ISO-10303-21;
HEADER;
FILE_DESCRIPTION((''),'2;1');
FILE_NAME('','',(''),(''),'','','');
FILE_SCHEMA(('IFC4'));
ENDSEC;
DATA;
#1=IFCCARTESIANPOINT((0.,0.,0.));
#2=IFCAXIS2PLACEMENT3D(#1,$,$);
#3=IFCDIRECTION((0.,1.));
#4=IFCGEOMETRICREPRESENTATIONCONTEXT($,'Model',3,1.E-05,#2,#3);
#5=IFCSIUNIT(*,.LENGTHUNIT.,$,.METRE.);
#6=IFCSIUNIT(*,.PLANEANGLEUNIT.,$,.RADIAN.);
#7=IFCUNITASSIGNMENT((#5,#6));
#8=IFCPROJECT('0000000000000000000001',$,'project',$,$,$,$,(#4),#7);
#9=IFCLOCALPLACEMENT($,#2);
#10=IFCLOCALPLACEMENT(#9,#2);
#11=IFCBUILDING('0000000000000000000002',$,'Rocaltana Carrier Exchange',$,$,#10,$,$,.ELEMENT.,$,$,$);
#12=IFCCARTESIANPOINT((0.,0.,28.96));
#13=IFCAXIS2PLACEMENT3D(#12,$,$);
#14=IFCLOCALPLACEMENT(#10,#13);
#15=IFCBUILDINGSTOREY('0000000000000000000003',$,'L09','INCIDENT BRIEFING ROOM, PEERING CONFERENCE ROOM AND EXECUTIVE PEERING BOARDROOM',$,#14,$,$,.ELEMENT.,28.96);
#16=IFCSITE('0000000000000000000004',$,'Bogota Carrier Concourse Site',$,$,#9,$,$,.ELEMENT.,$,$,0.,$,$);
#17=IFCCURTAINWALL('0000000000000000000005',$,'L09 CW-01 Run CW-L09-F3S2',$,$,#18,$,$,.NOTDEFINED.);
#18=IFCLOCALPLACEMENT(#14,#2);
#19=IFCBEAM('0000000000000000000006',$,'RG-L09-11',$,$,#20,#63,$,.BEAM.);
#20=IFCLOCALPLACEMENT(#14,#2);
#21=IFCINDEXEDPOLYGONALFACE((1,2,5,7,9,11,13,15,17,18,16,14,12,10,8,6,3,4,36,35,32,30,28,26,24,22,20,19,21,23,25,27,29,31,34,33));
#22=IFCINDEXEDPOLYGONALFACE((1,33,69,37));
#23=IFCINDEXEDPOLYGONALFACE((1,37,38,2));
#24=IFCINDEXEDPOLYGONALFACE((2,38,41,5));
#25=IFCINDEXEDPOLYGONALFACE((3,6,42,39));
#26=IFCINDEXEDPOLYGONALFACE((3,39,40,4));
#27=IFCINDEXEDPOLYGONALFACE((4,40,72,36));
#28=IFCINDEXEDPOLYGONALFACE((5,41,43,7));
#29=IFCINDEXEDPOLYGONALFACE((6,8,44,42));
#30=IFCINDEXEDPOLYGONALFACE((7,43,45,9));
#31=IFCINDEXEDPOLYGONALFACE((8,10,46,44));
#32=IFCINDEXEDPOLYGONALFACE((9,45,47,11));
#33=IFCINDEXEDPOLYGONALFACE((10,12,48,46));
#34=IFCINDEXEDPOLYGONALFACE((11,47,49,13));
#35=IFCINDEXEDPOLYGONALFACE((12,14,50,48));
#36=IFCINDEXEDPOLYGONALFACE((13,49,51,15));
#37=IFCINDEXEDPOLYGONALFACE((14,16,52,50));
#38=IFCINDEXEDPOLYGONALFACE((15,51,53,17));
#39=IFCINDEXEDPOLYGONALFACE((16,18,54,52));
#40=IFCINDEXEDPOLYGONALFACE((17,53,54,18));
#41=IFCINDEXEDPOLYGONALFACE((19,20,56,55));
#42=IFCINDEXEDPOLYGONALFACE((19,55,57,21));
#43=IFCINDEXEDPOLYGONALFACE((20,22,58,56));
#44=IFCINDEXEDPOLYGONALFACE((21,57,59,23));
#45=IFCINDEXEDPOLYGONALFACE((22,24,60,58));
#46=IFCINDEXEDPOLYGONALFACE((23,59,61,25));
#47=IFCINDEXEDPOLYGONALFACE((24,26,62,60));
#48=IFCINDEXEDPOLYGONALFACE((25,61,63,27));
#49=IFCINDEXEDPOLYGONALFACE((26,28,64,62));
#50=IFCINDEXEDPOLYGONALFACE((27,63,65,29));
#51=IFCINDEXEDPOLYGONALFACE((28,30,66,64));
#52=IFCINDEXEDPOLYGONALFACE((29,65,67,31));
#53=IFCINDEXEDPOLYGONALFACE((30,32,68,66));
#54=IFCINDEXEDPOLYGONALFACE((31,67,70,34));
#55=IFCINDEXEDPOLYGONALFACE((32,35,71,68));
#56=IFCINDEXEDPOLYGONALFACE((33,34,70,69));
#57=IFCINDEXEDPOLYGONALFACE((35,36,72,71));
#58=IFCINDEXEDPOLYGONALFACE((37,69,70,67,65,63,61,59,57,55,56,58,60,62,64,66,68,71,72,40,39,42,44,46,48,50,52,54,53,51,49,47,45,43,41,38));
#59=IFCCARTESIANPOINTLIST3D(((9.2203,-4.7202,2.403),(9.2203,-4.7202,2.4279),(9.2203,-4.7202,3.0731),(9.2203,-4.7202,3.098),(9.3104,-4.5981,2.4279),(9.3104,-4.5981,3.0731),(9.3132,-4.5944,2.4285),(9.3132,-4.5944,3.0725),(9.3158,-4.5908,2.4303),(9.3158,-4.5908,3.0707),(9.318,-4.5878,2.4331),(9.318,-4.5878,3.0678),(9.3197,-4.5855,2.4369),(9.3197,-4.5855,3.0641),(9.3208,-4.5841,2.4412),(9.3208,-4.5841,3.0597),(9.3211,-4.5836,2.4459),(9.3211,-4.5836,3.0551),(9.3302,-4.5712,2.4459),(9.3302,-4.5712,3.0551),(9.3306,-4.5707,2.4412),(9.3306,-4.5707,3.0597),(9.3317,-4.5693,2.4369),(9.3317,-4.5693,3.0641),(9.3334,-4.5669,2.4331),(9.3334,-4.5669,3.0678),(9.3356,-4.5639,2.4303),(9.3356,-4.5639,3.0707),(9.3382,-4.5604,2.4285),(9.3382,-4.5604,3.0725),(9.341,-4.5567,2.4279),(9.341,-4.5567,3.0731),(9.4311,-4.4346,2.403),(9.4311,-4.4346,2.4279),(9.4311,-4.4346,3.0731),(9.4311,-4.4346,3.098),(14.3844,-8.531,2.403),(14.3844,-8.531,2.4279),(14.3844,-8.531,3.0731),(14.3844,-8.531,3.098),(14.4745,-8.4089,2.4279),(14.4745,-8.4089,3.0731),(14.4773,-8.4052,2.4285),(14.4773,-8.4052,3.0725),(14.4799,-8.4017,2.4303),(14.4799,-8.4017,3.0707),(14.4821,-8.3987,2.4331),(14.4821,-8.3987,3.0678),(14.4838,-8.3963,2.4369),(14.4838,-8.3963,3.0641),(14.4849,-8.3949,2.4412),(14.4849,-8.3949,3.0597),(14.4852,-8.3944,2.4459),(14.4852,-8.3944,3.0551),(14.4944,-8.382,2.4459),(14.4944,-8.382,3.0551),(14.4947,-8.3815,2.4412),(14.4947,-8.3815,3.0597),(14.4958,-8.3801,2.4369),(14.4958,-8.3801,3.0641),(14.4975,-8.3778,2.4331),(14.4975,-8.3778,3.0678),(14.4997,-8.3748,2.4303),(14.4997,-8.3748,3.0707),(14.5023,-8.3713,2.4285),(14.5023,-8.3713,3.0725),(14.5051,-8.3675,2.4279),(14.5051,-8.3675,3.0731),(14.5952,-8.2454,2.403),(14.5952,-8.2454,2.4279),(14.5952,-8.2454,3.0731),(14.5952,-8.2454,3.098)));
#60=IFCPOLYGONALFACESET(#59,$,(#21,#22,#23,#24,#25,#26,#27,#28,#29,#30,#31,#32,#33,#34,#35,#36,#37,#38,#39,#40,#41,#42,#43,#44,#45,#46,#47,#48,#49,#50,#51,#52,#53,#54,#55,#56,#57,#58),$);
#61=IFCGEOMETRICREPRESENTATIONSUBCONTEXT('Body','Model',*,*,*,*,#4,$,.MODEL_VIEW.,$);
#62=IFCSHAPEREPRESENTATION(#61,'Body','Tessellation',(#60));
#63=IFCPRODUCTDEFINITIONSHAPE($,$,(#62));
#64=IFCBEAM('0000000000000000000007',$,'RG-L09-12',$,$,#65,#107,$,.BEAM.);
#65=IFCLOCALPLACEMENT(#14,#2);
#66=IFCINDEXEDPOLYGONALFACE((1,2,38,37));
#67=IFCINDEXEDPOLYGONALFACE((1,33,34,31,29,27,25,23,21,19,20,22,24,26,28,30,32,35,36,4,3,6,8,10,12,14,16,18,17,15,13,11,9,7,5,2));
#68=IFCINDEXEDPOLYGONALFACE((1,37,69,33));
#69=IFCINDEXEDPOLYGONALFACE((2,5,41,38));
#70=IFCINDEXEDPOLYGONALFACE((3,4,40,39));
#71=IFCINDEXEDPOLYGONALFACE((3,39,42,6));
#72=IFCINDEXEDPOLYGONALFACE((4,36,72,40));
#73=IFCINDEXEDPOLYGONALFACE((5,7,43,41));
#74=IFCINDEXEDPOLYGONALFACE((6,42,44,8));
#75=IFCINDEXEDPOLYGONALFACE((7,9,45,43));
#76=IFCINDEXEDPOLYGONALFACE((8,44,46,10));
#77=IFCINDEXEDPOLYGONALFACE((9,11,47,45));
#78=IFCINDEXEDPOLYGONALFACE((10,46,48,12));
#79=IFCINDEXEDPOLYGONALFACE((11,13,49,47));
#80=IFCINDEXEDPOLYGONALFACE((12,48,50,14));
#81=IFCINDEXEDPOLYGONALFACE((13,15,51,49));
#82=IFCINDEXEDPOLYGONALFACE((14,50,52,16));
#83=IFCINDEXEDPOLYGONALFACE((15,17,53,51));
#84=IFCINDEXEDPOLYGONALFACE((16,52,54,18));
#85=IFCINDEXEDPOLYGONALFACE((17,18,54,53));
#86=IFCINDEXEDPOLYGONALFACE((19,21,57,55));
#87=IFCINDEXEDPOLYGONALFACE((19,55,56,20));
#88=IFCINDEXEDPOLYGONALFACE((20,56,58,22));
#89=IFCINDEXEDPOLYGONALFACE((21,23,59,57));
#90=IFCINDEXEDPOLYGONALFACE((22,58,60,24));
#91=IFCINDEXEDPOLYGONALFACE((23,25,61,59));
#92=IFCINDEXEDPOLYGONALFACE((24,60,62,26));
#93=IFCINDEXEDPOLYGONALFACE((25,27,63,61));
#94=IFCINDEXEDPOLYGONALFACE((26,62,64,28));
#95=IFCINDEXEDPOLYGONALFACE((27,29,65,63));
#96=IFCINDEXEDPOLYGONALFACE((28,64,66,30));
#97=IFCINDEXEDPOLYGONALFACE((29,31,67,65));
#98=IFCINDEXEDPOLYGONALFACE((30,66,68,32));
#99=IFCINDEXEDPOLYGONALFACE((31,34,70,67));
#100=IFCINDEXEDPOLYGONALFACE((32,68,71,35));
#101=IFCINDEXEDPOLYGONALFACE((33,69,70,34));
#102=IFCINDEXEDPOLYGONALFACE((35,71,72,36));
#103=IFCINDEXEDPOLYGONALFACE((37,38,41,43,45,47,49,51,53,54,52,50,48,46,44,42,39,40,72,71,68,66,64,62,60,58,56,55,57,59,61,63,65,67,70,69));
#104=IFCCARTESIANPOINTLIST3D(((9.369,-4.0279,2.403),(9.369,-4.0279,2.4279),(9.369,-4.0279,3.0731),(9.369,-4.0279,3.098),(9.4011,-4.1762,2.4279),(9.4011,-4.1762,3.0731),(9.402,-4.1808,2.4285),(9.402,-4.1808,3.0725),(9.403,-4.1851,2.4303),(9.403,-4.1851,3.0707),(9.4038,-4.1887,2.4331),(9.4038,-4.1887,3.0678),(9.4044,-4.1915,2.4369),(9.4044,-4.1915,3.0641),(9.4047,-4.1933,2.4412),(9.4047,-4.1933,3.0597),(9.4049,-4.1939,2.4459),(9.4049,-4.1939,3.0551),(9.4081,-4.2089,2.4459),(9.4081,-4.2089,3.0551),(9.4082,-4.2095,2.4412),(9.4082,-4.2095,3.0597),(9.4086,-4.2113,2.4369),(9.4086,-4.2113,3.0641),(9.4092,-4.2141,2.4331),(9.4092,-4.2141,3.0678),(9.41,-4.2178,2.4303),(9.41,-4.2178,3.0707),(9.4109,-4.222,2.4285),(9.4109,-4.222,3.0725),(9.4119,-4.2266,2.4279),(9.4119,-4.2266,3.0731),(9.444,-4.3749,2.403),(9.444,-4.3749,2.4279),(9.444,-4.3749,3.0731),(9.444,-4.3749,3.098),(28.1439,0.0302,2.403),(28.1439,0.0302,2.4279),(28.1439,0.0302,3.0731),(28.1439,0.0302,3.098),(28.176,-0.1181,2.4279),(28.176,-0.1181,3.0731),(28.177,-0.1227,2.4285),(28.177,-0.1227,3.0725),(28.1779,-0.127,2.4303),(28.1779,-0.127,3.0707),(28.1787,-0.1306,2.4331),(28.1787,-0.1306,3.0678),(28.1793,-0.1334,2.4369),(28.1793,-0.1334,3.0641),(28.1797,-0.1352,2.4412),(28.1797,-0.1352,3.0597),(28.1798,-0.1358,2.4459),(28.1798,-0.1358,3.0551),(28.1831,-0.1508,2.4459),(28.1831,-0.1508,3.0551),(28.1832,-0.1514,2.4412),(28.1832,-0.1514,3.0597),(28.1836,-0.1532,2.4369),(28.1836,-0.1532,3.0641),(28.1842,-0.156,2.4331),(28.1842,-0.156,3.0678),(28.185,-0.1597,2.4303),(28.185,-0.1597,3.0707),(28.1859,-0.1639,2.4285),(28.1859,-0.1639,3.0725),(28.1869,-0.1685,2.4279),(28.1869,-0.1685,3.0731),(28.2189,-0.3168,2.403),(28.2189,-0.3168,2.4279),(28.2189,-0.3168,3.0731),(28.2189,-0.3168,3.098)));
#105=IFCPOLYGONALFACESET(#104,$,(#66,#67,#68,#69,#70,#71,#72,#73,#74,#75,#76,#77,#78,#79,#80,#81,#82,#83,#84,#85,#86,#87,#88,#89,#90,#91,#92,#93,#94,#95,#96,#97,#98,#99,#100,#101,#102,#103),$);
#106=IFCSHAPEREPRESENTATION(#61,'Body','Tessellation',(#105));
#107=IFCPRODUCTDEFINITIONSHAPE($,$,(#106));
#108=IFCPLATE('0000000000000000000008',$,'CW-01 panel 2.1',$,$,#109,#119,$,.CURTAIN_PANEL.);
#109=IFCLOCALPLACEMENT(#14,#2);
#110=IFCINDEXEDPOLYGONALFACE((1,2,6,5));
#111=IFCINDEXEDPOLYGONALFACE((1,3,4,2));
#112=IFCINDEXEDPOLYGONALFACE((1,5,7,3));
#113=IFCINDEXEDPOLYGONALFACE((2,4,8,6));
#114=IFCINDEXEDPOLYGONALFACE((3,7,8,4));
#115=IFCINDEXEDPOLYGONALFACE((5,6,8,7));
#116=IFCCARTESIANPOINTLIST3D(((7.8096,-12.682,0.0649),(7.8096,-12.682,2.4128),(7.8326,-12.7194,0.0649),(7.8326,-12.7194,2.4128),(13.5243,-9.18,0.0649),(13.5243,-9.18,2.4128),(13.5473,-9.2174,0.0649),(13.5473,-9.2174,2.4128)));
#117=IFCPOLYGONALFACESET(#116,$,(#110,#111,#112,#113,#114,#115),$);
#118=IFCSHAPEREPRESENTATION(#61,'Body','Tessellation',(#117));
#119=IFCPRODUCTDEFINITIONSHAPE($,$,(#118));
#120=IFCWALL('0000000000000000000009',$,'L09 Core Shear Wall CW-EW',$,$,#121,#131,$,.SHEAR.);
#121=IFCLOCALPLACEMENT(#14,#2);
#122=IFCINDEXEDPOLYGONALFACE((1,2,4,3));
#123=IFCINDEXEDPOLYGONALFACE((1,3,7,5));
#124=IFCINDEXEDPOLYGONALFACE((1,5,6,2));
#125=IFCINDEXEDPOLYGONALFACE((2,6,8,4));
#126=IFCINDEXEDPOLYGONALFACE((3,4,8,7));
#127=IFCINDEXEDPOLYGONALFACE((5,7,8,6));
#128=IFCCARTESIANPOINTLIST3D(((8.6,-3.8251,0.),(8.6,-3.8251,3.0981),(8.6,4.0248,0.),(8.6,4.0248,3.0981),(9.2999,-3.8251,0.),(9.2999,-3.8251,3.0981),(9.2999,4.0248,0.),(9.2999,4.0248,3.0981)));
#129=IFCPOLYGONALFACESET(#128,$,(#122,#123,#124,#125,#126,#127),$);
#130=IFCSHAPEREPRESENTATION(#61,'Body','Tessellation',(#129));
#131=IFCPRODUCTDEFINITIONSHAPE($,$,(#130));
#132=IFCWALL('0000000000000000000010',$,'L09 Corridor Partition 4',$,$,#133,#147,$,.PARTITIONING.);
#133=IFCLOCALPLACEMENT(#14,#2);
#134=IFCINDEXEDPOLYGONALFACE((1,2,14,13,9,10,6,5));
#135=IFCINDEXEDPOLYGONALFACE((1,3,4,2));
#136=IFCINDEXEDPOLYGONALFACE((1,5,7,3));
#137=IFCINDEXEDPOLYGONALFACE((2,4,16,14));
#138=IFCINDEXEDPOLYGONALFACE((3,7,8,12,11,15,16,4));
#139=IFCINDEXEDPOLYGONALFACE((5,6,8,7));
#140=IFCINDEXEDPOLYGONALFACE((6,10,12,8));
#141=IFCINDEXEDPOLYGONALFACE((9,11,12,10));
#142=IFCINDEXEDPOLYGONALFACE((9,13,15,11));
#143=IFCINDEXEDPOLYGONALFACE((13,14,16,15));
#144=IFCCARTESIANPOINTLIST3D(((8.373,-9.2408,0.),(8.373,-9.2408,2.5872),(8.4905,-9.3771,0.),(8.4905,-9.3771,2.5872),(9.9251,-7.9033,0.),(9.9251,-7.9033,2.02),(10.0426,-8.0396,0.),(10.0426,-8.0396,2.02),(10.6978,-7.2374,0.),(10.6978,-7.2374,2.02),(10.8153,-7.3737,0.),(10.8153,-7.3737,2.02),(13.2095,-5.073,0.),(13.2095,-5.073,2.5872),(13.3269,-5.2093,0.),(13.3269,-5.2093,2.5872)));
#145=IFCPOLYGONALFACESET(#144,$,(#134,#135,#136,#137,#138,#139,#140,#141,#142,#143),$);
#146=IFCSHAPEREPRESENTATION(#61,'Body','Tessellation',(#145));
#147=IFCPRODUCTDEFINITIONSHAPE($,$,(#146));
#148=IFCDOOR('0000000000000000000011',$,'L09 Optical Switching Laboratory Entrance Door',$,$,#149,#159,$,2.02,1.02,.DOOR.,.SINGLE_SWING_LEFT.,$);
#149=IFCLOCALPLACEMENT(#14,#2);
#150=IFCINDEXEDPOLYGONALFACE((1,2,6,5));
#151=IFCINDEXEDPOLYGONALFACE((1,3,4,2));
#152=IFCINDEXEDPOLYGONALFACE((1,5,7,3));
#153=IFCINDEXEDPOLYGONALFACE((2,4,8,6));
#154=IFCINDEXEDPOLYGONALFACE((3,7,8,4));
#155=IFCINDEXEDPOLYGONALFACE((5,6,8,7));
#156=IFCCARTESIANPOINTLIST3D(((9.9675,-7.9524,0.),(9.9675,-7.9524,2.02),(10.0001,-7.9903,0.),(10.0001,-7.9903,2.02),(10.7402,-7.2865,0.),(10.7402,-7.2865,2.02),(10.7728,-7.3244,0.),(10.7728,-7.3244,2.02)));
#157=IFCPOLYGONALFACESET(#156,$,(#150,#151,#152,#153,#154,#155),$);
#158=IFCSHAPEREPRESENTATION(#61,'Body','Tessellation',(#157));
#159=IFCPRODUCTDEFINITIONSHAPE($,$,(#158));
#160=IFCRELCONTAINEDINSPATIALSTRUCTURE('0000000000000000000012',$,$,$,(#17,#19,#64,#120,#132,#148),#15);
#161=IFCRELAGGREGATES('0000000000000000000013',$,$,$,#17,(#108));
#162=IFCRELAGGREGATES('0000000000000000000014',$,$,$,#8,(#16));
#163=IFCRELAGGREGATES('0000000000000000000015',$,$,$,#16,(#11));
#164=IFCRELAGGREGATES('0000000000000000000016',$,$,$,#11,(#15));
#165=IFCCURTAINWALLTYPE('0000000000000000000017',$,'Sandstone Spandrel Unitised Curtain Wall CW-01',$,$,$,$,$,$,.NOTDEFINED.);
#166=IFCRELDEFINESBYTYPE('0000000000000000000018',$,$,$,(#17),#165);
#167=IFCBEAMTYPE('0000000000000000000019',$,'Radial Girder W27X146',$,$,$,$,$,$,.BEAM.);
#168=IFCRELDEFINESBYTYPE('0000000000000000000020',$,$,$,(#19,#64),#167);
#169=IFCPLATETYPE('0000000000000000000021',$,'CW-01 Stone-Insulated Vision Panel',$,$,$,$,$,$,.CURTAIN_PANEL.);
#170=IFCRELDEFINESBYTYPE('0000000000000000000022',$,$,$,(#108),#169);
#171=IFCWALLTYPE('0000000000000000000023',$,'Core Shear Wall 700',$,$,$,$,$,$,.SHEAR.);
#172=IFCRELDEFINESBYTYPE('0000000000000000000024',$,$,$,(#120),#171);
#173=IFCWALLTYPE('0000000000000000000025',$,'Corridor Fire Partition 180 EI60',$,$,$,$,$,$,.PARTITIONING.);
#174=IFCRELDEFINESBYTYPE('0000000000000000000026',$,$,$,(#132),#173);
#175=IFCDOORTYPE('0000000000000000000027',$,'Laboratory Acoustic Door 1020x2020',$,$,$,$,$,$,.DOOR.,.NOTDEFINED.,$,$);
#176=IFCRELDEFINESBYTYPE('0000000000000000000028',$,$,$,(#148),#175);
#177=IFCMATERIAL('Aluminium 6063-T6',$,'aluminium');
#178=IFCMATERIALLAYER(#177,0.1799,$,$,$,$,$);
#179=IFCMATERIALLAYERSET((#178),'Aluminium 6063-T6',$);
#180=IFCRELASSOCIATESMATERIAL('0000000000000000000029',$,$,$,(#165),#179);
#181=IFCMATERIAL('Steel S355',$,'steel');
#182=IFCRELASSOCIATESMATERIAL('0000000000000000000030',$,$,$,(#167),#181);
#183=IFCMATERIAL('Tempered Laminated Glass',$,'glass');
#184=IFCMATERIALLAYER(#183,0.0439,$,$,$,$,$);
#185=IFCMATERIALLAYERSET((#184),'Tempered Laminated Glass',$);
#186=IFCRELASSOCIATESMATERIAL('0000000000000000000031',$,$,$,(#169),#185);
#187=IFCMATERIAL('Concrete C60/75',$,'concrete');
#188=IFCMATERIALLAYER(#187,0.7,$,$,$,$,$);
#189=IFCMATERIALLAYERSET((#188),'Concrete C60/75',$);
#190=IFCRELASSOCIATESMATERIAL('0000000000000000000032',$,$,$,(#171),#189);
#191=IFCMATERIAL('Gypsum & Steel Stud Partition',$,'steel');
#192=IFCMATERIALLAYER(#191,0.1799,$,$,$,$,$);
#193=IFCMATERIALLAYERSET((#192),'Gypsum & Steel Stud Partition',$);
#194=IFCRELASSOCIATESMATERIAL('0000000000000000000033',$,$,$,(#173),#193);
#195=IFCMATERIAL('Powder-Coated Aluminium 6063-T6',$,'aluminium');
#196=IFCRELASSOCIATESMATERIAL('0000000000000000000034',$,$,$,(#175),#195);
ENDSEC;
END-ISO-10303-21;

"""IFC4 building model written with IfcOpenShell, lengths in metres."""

from ifc_helpers import new_model, si_unit, direction, frame, frame_2d, origin, origin_2d, place, context, subcontext, project, spatial, rectangle, i_section, extrude, material, layer, layer_set, material_profile, profile_set, type_object, element, fill, aggregate, save


model = new_model("IFC4")

# Units and contexts
model_context = context("Model", 3, precision=1e-05, world=origin(), true_north=direction((0.0, 1.0)))
body_context = subcontext(model_context, "Body", "Model", "MODEL_VIEW")
ifc_project = project(units=[si_unit("LENGTHUNIT", "METRE"), si_unit("PLANEANGLEUNIT", "RADIAN")], contexts=[model_context])

# Site, building, storey
site_placement = place(None, origin())
site = spatial("IfcSite", under=ifc_project, at=site_placement, Name="Bogota Carrier Concourse Site", CompositionType="ELEMENT", RefElevation=0.0)
building_placement = place(site_placement, origin())
building = spatial("IfcBuilding", under=site, at=building_placement, Name="Rocaltana Carrier Exchange", CompositionType="ELEMENT")
storey_placement = place(building_placement, frame((0.0, 0.0, 28.96)))
storey = spatial("IfcBuildingStorey", under=building, at=storey_placement, Name="L09", Description="INCIDENT BRIEFING ROOM, PEERING CONFERENCE ROOM AND EXECUTIVE PEERING BOARDROOM", CompositionType="ELEMENT", Elevation=28.96)

# Curtain wall
ifc_material_1 = material(Name="Aluminium 6063-T6", Category="aluminium")
ifc_layer_1 = layer(ifc_material_1, 0.1799)
ifc_layer_set_1 = layer_set([ifc_layer_1], Name="Aluminium 6063-T6")
curtain_wall_type = type_object("IfcCurtainWallType", Name="Sandstone Spandrel Unitised Curtain Wall CW-01", PredefinedType="NOTDEFINED", material=ifc_layer_set_1)
curtain_wall_placement = place(storey_placement, origin())
curtain_wall = element("IfcCurtainWall", 1, at=curtain_wall_placement, inside=storey, type_object=curtain_wall_type, Name="L09 CW-01 Run CW-L09-F3S2", PredefinedType="NOTDEFINED")

# Beams
ifc_material_2 = material(Name="Steel S355", Category="steel")
ifc_material_profile_1 = material_profile(ifc_material_2, i_section(OverallWidth=0.355, OverallDepth=0.6951, WebThickness=0.0154, FlangeThickness=0.0249, FilletRadius=0.0181, at=origin_2d()), Name="W27X146")
ifc_profile_set_1 = profile_set([ifc_material_profile_1], Name="Steel S355")
beam_type_1 = type_object("IfcBeamType", Name="Radial Girder W27X146", PredefinedType="BEAM", material=ifc_profile_set_1)
beam_1_placement = place(storey_placement, frame((9.3257, -4.5774, 2.7505), z_axis=(0.804632, -0.593774, 0.0), x_axis=(0.593774, 0.804632, 0.0)))
element("IfcBeam", 2, at=beam_1_placement, inside=storey, type_object=beam_type_1, Name="RG-L09-11", PredefinedType="BEAM", context=body_context, shape_type="SweptSolid", body=[
    extrude(i_section(OverallWidth=0.355, OverallDepth=0.6951, WebThickness=0.0154, FlangeThickness=0.0249, FilletRadius=0.0181, at=origin_2d()), origin(), (0.0, 0.0, 1.0), 6.418),
])
beam_2_placement = place(storey_placement, frame((9.4065, -4.2014, 2.7505), z_axis=(0.977428, 0.211267, 0.0), x_axis=(-0.211267, 0.977428, 0.0)))
element("IfcBeam", 3, at=beam_2_placement, inside=storey, type_object=beam_type_1, Name="RG-L09-12", PredefinedType="BEAM", context=body_context, shape_type="SweptSolid", body=[
    extrude(i_section(OverallWidth=0.355, OverallDepth=0.6951, WebThickness=0.0154, FlangeThickness=0.0249, FilletRadius=0.0181, at=origin_2d()), origin(), (0.0, 0.0, 1.0), 19.2085),
])

# Plate
ifc_material_3 = material(Name="Tempered Laminated Glass", Category="glass")
ifc_layer_2 = layer(ifc_material_3, 0.0439)
ifc_layer_set_2 = layer_set([ifc_layer_2], Name="Tempered Laminated Glass")
plate_type = type_object("IfcPlateType", Name="CW-01 Stone-Insulated Vision Panel", PredefinedType="CURTAIN_PANEL", material=ifc_layer_set_2)
plate_placement = place(storey_placement, frame((10.6785, -10.9497, 0.0649), z_axis=(0.0, 0.0, 1.0), x_axis=(0.852639, 0.5225, 0.0)))
plate = element("IfcPlate", 4, at=plate_placement, type_object=plate_type, Name="CW-01 panel 2.1", PredefinedType="CURTAIN_PANEL", context=body_context, shape_type="SweptSolid", body=[
    extrude(rectangle(XDim=6.7024, YDim=0.0439, at=origin_2d()), origin(), (0.0, 0.0, 1.0), 2.3479),
])
aggregate(curtain_wall, [plate])

# Wall
ifc_material_4 = material(Name="Concrete C60/75", Category="concrete")
ifc_layer_3 = layer(ifc_material_4, 0.7)
ifc_layer_set_3 = layer_set([ifc_layer_3], Name="Concrete C60/75")
wall_type_1 = type_object("IfcWallType", Name="Core Shear Wall 700", PredefinedType="SHEAR", material=ifc_layer_set_3)
wall_1_placement = place(storey_placement, frame((8.95, -3.825, 0.0), z_axis=(0.0, 0.0, 1.0), x_axis=(0.0, 1.0, 0.0)))
element("IfcWall", 5, at=wall_1_placement, inside=storey, type_object=wall_type_1, Name="L09 Core Shear Wall CW-EW", PredefinedType="SHEAR", context=body_context, shape_type="SweptSolid", body=[
    extrude(rectangle(XDim=7.8499, YDim=0.7, at=frame_2d((3.9248, 0.0))), origin(), (0.0, 0.0, 1.0), 3.0981),
])

# Wall, opening, door
ifc_material_5 = material(Name="Gypsum & Steel Stud Partition", Category="steel")
ifc_layer_4 = layer(ifc_material_5, 0.1799)
ifc_layer_set_4 = layer_set([ifc_layer_4], Name="Gypsum & Steel Stud Partition")
wall_type_2 = type_object("IfcWallType", Name="Corridor Fire Partition 180 EI60", PredefinedType="PARTITIONING", material=ifc_layer_set_4)
wall_2_placement = place(storey_placement, frame((13.2683, -5.1411, 0.0), z_axis=(0.0, 0.0, 1.0), x_axis=(-0.757535, -0.652795, 0.0)))
wall_2 = element("IfcWall", 6, at=wall_2_placement, inside=storey, type_object=wall_type_2, Name="L09 Corridor Partition 4", PredefinedType="PARTITIONING", context=body_context, shape_type="SweptSolid", body=[
    extrude(rectangle(XDim=6.3845, YDim=0.1799, at=frame_2d((3.1924, 0.0))), origin(), (0.0, 0.0, 1.0), 2.5872),
])
opening_1_placement = place(wall_2_placement, frame((3.3157, 0.0, 0.0)))
opening_1 = element("IfcOpeningElement", 7, at=opening_1_placement, cuts=wall_2, PredefinedType="OPENING", context=body_context, shape_type="SweptSolid", body=[
    extrude(rectangle(XDim=1.02, YDim=2.02, at=frame_2d((0.51, 1.01))), frame((0.0, 0.0999, 0.0), z_axis=(0.0, -1.0, 0.0), x_axis=(1.0, 0.0, 0.0)), (0.0, 0.0, 1.0), 0.2),
])
ifc_material_6 = material(Name="Powder-Coated Aluminium 6063-T6", Category="aluminium")
door_type_1 = type_object("IfcDoorType", Name="Laboratory Acoustic Door 1020x2020", OperationType="NOTDEFINED", PredefinedType="DOOR", material=ifc_material_6)
door_1_placement = place(opening_1_placement, origin())
door_1 = element("IfcDoor", 8, at=door_1_placement, inside=storey, type_object=door_type_1, Name="L09 Optical Switching Laboratory Entrance Door", OperationType="SINGLE_SWING_LEFT", OverallHeight=2.02, OverallWidth=1.02, PredefinedType="DOOR", context=body_context, shape_type="SweptSolid", body=[
    extrude(rectangle(XDim=1.02, YDim=2.02, at=frame_2d((0.51, 1.01))), frame((0.0, 0.0249, 0.0), z_axis=(0.0, -1.0, 0.0), x_axis=(1.0, 0.0, 0.0)), (0.0, 0.0, 1.0), 0.05),
])
fill(opening_1, door_1)

save(model, "model.ifc")
